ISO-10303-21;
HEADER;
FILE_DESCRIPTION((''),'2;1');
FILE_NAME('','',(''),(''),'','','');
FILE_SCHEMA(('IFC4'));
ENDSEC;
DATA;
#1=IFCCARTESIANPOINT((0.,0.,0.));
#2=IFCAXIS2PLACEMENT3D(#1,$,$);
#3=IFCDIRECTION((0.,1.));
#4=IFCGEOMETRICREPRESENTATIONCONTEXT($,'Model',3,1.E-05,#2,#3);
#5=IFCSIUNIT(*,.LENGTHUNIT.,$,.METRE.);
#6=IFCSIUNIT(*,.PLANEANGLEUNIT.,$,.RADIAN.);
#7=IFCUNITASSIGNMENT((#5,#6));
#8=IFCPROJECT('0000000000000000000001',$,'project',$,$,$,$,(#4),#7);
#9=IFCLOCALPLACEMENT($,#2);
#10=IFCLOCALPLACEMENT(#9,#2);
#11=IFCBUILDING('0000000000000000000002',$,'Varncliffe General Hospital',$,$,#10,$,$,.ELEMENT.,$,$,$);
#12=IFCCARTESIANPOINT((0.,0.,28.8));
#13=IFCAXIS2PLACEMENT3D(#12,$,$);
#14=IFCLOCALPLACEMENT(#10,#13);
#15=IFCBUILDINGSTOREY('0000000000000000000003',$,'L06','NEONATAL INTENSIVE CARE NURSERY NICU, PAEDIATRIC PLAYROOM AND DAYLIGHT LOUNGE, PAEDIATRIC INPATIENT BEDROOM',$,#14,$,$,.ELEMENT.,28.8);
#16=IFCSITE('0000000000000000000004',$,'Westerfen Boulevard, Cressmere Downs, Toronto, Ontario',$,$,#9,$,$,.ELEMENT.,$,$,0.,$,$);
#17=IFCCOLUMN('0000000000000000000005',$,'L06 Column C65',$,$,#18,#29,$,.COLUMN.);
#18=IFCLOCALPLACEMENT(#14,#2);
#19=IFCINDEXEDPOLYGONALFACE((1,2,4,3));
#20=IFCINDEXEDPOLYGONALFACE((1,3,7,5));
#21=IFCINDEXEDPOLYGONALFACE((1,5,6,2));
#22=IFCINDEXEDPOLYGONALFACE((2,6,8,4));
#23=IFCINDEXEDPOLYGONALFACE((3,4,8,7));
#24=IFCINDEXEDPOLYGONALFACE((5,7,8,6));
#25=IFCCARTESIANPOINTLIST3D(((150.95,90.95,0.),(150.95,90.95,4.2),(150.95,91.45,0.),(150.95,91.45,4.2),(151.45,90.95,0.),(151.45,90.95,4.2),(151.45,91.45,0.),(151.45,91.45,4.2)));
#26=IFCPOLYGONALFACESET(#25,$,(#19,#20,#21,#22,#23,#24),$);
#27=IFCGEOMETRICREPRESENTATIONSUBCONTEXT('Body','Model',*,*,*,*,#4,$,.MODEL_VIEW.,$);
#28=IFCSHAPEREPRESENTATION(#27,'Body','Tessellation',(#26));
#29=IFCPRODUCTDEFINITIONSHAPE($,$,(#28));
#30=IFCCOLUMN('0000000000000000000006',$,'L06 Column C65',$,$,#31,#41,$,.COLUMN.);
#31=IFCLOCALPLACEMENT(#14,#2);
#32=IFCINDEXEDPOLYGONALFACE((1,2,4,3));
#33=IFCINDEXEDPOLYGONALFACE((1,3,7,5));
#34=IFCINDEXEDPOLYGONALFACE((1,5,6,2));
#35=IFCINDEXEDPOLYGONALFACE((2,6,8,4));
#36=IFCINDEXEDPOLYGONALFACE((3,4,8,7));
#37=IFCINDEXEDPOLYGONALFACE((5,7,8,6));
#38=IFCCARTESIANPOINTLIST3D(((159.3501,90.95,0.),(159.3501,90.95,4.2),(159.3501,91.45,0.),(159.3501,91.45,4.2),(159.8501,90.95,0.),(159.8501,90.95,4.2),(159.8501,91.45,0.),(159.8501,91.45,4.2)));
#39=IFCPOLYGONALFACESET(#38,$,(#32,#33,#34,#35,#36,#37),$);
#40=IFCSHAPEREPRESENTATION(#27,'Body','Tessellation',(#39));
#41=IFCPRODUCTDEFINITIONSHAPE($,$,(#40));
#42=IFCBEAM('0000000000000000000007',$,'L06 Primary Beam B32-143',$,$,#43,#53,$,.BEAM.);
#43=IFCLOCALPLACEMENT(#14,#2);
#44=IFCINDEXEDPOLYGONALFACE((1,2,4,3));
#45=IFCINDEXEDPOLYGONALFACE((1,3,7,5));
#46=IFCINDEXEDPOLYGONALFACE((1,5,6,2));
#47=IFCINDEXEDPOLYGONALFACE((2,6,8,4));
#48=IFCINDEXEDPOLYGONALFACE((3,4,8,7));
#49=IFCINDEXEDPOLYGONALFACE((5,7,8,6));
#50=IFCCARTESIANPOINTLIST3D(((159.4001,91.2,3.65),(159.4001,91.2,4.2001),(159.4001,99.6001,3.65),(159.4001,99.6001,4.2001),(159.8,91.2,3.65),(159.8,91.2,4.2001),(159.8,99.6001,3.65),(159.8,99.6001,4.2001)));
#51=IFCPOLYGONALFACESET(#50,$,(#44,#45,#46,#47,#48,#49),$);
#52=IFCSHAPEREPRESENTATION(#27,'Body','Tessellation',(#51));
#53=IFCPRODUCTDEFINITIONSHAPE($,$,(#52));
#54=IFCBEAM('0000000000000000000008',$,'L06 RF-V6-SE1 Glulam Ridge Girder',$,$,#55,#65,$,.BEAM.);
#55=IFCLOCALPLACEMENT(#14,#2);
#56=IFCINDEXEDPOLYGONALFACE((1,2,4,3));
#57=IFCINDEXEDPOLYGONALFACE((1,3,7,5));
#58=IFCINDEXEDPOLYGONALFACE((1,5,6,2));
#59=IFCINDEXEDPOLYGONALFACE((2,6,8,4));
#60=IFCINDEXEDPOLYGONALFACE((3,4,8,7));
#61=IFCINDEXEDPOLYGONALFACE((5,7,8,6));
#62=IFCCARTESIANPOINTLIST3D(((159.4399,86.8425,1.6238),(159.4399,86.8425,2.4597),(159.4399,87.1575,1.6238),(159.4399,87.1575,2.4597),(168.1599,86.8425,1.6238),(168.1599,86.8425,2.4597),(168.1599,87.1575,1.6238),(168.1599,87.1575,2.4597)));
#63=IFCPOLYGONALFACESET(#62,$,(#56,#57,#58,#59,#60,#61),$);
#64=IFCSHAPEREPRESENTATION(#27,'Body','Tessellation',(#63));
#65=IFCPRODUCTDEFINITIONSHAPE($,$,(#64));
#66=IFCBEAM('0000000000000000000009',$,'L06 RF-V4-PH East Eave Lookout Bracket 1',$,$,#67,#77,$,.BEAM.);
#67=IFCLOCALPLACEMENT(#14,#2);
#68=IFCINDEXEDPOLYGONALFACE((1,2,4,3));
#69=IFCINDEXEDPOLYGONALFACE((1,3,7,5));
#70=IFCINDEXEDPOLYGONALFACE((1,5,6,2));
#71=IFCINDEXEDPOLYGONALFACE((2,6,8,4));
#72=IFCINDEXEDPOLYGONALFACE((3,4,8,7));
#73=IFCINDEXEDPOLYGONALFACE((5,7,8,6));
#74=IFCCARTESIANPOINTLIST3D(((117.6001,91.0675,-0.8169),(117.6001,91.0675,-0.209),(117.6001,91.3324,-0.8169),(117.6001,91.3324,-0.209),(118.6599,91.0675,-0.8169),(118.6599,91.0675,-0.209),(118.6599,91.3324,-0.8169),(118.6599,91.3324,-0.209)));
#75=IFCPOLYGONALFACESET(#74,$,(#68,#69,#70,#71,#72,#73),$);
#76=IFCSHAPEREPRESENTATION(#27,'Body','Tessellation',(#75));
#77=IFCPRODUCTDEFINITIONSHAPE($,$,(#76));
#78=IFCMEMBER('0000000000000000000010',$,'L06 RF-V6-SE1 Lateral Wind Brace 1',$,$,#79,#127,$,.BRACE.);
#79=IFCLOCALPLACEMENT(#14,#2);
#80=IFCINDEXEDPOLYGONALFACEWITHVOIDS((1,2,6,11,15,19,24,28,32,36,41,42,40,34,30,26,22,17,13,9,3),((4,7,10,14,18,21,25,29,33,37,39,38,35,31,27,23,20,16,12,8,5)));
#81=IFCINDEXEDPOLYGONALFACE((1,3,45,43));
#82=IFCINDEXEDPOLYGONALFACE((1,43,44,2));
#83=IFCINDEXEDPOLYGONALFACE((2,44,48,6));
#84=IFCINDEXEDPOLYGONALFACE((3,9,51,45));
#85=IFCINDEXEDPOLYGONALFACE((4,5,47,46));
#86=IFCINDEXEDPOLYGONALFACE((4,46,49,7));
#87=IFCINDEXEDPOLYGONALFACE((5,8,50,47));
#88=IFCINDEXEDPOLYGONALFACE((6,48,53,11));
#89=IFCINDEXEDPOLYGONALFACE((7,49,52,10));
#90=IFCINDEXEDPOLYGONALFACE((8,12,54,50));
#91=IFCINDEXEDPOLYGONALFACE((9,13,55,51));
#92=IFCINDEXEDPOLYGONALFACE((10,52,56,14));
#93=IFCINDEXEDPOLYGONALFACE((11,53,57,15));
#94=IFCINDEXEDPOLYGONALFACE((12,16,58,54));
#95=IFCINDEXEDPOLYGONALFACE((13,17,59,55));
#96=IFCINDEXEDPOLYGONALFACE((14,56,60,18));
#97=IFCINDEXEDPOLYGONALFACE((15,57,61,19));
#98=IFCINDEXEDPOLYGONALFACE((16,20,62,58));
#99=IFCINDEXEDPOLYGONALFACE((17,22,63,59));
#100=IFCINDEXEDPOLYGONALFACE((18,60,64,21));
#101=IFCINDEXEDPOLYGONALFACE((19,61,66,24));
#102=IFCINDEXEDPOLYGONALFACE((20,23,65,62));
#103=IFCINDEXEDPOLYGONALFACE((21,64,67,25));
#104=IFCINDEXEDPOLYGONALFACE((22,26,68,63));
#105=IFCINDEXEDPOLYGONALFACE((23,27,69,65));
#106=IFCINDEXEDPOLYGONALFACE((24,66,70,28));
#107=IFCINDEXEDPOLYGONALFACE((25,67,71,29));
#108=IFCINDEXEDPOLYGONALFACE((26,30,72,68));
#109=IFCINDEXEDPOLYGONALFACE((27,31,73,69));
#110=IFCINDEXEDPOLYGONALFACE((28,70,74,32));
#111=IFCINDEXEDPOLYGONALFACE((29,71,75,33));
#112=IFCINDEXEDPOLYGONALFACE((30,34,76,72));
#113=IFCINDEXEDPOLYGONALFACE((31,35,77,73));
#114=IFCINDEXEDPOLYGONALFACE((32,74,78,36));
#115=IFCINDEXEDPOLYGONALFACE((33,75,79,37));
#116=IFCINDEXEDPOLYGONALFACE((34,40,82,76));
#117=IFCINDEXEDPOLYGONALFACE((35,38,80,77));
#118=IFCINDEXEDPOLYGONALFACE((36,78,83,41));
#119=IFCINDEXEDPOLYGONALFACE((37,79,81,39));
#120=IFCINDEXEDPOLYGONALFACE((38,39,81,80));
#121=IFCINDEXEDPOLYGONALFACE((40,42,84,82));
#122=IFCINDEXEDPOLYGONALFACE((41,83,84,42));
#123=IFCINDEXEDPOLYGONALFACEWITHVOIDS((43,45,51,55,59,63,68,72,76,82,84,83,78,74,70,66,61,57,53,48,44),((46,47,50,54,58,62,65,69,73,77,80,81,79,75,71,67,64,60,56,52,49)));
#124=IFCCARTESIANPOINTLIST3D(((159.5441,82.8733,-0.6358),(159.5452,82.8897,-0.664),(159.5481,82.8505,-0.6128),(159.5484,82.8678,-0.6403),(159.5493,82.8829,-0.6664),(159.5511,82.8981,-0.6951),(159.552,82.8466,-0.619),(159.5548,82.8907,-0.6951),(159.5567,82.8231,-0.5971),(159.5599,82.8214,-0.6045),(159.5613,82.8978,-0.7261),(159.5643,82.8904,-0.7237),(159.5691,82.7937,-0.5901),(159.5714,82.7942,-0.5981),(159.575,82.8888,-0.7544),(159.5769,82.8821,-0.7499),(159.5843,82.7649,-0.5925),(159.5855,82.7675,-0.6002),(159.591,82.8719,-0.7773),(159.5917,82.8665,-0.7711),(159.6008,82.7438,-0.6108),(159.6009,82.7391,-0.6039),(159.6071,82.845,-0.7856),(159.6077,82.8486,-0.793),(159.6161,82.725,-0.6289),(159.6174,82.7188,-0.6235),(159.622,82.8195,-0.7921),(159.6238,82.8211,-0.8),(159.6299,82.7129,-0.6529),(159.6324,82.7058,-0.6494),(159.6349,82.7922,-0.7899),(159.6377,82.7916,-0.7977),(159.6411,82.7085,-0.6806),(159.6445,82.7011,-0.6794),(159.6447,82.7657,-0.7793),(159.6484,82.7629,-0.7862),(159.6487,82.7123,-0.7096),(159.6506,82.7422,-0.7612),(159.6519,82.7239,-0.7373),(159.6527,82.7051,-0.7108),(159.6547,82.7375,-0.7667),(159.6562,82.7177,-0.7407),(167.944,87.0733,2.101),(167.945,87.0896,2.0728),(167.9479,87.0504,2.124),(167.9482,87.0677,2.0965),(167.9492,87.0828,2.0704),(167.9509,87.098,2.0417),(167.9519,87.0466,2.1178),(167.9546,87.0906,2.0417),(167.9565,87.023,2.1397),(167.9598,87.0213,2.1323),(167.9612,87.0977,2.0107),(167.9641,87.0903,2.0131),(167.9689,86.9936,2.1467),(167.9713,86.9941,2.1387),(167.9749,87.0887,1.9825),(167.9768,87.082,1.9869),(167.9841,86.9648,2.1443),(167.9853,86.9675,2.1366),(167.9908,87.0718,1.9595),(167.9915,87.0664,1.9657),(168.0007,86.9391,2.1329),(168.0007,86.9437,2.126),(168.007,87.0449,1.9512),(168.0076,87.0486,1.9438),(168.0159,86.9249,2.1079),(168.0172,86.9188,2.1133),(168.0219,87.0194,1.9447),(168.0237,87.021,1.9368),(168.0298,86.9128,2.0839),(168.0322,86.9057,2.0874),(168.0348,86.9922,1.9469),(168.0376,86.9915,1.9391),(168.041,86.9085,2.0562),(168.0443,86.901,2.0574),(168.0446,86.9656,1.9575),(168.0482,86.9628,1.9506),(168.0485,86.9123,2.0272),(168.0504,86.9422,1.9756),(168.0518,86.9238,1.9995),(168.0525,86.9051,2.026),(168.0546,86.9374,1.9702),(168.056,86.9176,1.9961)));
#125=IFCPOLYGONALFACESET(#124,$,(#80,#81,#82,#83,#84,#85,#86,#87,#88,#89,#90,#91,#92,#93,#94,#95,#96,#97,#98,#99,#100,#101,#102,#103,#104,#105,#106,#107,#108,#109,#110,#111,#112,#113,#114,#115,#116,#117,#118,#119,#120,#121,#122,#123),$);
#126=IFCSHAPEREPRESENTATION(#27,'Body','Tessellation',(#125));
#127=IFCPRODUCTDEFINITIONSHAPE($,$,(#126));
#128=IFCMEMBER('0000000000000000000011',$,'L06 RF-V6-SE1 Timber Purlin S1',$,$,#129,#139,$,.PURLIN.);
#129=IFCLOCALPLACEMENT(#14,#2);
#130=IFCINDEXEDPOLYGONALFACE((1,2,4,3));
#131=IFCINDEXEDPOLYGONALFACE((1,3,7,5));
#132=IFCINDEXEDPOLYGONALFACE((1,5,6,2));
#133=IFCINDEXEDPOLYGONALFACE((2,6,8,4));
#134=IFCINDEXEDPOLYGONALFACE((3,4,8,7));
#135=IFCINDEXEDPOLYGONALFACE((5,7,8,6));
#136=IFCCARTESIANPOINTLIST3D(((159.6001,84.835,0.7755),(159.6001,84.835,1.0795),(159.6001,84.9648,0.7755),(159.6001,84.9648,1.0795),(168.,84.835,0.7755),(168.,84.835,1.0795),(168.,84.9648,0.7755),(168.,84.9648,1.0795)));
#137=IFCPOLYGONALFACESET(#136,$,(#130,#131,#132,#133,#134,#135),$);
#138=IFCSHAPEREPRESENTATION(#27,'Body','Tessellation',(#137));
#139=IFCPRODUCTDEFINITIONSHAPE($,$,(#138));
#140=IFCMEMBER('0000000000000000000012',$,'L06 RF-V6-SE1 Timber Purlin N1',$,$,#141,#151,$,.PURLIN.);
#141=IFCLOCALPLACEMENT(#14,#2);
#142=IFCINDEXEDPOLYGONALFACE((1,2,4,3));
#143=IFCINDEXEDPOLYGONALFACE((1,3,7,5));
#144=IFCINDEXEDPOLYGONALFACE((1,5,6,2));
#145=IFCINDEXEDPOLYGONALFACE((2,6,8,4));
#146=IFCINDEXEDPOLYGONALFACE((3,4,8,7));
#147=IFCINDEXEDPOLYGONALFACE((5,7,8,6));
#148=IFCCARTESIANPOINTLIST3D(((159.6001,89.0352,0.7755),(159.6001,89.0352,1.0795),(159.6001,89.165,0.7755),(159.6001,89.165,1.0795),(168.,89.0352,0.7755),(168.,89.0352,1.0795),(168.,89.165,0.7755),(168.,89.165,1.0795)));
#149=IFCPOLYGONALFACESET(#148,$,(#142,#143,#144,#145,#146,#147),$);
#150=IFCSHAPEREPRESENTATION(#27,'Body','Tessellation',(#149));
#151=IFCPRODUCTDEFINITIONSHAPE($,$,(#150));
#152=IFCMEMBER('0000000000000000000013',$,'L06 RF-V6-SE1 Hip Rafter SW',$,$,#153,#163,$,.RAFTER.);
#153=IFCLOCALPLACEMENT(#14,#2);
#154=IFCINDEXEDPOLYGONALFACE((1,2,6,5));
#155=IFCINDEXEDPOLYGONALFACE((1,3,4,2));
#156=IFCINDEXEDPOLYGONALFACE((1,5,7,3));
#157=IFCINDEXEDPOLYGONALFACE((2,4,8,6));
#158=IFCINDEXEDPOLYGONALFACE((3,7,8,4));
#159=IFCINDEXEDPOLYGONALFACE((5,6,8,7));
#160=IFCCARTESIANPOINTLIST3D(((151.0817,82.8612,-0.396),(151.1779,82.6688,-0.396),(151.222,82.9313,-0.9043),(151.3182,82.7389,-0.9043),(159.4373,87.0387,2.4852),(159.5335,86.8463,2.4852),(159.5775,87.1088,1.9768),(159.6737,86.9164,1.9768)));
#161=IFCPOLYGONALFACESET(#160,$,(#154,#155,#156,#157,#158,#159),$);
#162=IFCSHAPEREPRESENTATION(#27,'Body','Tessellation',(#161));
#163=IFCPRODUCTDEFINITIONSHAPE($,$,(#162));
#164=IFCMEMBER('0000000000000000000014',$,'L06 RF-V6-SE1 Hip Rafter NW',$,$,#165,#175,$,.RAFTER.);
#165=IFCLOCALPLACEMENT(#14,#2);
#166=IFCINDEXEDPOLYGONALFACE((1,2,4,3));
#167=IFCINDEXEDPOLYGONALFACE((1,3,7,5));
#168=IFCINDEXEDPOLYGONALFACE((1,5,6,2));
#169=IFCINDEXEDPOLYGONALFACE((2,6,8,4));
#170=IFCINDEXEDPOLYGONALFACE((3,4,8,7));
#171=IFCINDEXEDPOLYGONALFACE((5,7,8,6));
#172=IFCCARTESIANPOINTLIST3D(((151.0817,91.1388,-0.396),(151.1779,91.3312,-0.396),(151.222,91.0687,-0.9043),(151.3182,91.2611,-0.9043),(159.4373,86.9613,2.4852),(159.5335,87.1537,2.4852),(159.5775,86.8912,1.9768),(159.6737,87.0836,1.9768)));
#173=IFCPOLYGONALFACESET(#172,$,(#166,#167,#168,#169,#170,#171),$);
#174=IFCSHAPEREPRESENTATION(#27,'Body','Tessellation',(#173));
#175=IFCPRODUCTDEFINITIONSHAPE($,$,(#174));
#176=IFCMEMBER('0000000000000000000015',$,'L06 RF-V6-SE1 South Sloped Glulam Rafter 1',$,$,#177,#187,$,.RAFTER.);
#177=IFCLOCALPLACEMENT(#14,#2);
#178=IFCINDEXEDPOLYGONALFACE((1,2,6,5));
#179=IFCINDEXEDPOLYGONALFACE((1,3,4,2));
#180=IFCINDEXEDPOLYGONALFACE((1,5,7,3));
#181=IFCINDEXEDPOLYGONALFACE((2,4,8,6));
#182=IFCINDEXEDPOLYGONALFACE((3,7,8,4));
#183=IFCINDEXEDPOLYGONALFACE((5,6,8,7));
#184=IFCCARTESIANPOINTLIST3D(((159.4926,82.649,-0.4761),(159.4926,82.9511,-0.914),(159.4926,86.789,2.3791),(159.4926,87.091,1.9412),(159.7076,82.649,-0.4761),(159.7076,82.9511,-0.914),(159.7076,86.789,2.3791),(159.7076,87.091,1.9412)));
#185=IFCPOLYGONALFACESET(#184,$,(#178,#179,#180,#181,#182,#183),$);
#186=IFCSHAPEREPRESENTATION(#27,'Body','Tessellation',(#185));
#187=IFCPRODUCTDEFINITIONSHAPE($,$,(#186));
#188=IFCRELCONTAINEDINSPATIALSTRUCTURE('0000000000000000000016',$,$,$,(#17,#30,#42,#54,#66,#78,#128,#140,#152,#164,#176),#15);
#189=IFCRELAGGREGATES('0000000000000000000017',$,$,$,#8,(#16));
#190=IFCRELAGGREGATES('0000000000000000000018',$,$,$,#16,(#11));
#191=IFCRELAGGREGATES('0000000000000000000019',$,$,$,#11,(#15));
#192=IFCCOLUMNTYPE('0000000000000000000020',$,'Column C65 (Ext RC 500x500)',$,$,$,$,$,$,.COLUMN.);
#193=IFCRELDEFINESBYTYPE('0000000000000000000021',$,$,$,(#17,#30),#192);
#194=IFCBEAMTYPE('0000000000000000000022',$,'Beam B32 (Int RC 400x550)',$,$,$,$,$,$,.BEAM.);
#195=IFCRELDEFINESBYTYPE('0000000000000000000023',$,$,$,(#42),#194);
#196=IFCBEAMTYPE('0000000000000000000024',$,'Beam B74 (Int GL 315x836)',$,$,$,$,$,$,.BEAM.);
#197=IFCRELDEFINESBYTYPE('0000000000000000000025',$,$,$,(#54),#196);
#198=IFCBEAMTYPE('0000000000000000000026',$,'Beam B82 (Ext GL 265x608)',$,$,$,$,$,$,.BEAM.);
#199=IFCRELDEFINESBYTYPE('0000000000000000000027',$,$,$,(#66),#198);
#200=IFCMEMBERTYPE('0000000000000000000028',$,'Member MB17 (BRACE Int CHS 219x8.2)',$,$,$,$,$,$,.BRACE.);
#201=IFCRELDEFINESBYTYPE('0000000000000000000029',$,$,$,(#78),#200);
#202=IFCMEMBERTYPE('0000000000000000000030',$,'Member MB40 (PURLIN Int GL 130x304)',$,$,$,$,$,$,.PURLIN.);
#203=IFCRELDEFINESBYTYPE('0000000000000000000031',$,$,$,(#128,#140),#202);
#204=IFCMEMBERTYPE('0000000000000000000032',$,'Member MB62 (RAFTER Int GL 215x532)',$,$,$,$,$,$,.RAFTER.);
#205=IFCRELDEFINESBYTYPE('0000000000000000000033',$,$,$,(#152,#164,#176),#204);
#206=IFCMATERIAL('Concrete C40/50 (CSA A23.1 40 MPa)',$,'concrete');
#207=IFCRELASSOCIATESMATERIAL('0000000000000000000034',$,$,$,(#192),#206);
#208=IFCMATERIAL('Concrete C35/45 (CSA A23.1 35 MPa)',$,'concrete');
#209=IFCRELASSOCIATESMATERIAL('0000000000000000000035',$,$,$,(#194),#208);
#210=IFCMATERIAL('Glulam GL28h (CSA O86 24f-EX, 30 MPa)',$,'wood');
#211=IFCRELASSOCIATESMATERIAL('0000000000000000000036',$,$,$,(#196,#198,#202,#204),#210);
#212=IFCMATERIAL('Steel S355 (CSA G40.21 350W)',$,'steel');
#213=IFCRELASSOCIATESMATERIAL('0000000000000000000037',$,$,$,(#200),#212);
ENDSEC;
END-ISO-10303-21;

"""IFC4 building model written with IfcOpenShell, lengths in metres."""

from ifc_helpers import new_model, si_unit, direction, frame, origin, origin_2d, place, context, subcontext, project, spatial, rectangle, hollow_circle, extrude, material, material_profile, profile_set, type_object, element, save


model = new_model("IFC4")

# Units and contexts
model_context = context("Model", 3, precision=1e-05, world=origin(), true_north=direction((0.0, 1.0)))
body_context = subcontext(model_context, "Body", "Model", "MODEL_VIEW")
ifc_project = project(units=[si_unit("LENGTHUNIT", "METRE"), si_unit("PLANEANGLEUNIT", "RADIAN")], contexts=[model_context])

# Site, building, storey
site_placement = place(None, origin())
site = spatial("IfcSite", under=ifc_project, at=site_placement, Name="Westerfen Boulevard, Cressmere Downs, Toronto, Ontario", CompositionType="ELEMENT", RefElevation=0.0)
building_placement = place(site_placement, origin())
building = spatial("IfcBuilding", under=site, at=building_placement, Name="Varncliffe General Hospital", CompositionType="ELEMENT")
storey_placement = place(building_placement, frame((0.0, 0.0, 28.8)))
storey = spatial("IfcBuildingStorey", under=building, at=storey_placement, Name="L06", Description="NEONATAL INTENSIVE CARE NURSERY NICU, PAEDIATRIC PLAYROOM AND DAYLIGHT LOUNGE, PAEDIATRIC INPATIENT BEDROOM", CompositionType="ELEMENT", Elevation=28.8)

# Columns
ifc_material_1 = material(Name="Concrete C40/50 (CSA A23.1 40 MPa)", Category="concrete")
ifc_material_profile_1 = material_profile(ifc_material_1, rectangle(XDim=0.5, YDim=0.5, at=origin_2d()), Name="RC 500x500")
ifc_profile_set_1 = profile_set([ifc_material_profile_1], Name="Concrete C40/50 (CSA A23.1 40 MPa)")
column_type = type_object("IfcColumnType", Name="Column C65 (Ext RC 500x500)", PredefinedType="COLUMN", material=ifc_profile_set_1)
for number, where, z_axis, x_axis, name in (
    (1, (151.2, 91.2, 0.0), (0.0, 0.0, 1.0), (1.0, 0.0, 0.0), "L06 Column C65"),
    (2, (159.6001, 91.2, 0.0), (0.0, 0.0, 1.0), (1.0, 0.0, 0.0), "L06 Column C65"),
):
    element("IfcColumn", number, at=place(storey_placement, frame(where, z_axis=z_axis, x_axis=x_axis)), inside=storey, type_object=column_type, Name=name, PredefinedType="COLUMN", context=body_context, shape_type="SweptSolid", body=[
        extrude(rectangle(XDim=0.5, YDim=0.5, at=origin_2d()), origin(), (0.0, 0.0, 1.0), 4.2),
    ])

# Beams
ifc_material_2 = material(Name="Concrete C35/45 (CSA A23.1 35 MPa)", Category="concrete")
ifc_material_profile_2 = material_profile(ifc_material_2, rectangle(XDim=0.3999, YDim=0.55, at=origin_2d()), Name="RC 400x550")
ifc_profile_set_2 = profile_set([ifc_material_profile_2], Name="Concrete C35/45 (CSA A23.1 35 MPa)")
beam_type_1 = type_object("IfcBeamType", Name="Beam B32 (Int RC 400x550)", PredefinedType="BEAM", material=ifc_profile_set_2)
beam_1_placement = place(storey_placement, frame((159.6001, 91.2, 3.925), z_axis=(0.0, 1.0, 0.0), x_axis=(-1.0, 0.0, 0.0)))
element("IfcBeam", 3, at=beam_1_placement, inside=storey, type_object=beam_type_1, Name="L06 Primary Beam B32-143", PredefinedType="BEAM", context=body_context, shape_type="SweptSolid", body=[
    extrude(rectangle(XDim=0.3999, YDim=0.55, at=origin_2d()), origin(), (0.0, 0.0, 1.0), 8.4001),
])
ifc_material_3 = material(Name="Glulam GL28h (CSA O86 24f-EX, 30 MPa)", Category="wood")
ifc_material_profile_3 = material_profile(ifc_material_3, rectangle(XDim=0.3149, YDim=0.8359, at=origin_2d()), Name="GL 315x836")
ifc_profile_set_3 = profile_set([ifc_material_profile_3], Name="Glulam GL28h (CSA O86 24f-EX, 30 MPa)")
beam_type_2 = type_object("IfcBeamType", Name="Beam B74 (Int GL 315x836)", PredefinedType="BEAM", material=ifc_profile_set_3)
beam_2_placement = place(storey_placement, frame((159.4399, 87.0, 2.0417), z_axis=(1.0, 0.0, 0.0), x_axis=(0.0, 1.0, 0.0)))
element("IfcBeam", 4, at=beam_2_placement, inside=storey, type_object=beam_type_2, Name="L06 RF-V6-SE1 Glulam Ridge Girder", PredefinedType="BEAM", context=body_context, shape_type="SweptSolid", body=[
    extrude(rectangle(XDim=0.3149, YDim=0.8359, at=origin_2d()), origin(), (0.0, 0.0, 1.0), 8.72),
])
ifc_material_profile_4 = material_profile(ifc_material_3, rectangle(XDim=0.2649, YDim=0.6079, at=origin_2d()), Name="GL 265x608")
ifc_profile_set_4 = profile_set([ifc_material_profile_4], Name="Glulam GL28h (CSA O86 24f-EX, 30 MPa)")
beam_type_3 = type_object("IfcBeamType", Name="Beam B82 (Ext GL 265x608)", PredefinedType="BEAM", material=ifc_profile_set_4)
beam_3_placement = place(storey_placement, frame((117.6001, 91.2, -0.5129), z_axis=(1.0, 0.0, 0.0), x_axis=(0.0, 1.0, 0.0)))
element("IfcBeam", 5, at=beam_3_placement, inside=storey, type_object=beam_type_3, Name="L06 RF-V4-PH East Eave Lookout Bracket 1", PredefinedType="BEAM", context=body_context, shape_type="SweptSolid", body=[
    extrude(rectangle(XDim=0.2649, YDim=0.6079, at=origin_2d()), origin(), (0.0, 0.0, 1.0), 1.0598),
])

# Members
ifc_material_4 = material(Name="Steel S355 (CSA G40.21 350W)", Category="steel")
ifc_material_profile_5 = material_profile(ifc_material_4, hollow_circle(Radius=0.1096, WallThickness=0.0083, at=origin_2d()), Name="CHS 219x8.2")
ifc_profile_set_5 = profile_set([ifc_material_profile_5], Name="Steel S355 (CSA G40.21 350W)")
member_type_1 = type_object("IfcMemberType", Name="Member MB17 (BRACE Int CHS 219x8.2)", PredefinedType="BRACE", material=ifc_profile_set_5)
member_placement = place(storey_placement, frame((159.6001, 82.8, -0.6951), z_axis=(0.858707, 0.429354, 0.27978), x_axis=(-0.447214, 0.894427, 0.0)))
element("IfcMember", 6, at=member_placement, inside=storey, type_object=member_type_1, Name="L06 RF-V6-SE1 Lateral Wind Brace 1", PredefinedType="BRACE", context=body_context, shape_type="SweptSolid", body=[
    extrude(hollow_circle(Radius=0.1096, WallThickness=0.0083, at=origin_2d()), origin(), (0.0, 0.0, 1.0), 9.782),
])
ifc_material_profile_6 = material_profile(ifc_material_3, rectangle(XDim=0.1299, YDim=0.304, at=origin_2d()), Name="GL 130x304")
ifc_profile_set_6 = profile_set([ifc_material_profile_6], Name="Glulam GL28h (CSA O86 24f-EX, 30 MPa)")
member_type_2 = type_object("IfcMemberType", Name="Member MB40 (PURLIN Int GL 130x304)", PredefinedType="PURLIN", material=ifc_profile_set_6)
for number, where, z_axis, x_axis, name in (
    (7, (159.6001, 84.8999, 0.9275), (1.0, 0.0, 0.0), (0.0, 1.0, 0.0), "L06 RF-V6-SE1 Timber Purlin S1"),
    (8, (159.6001, 89.1001, 0.9275), (1.0, 0.0, 0.0), (0.0, 1.0, 0.0), "L06 RF-V6-SE1 Timber Purlin N1"),
):
    element("IfcMember", number, at=place(storey_placement, frame(where, z_axis=z_axis, x_axis=x_axis)), inside=storey, type_object=member_type_2, Name=name, PredefinedType="PURLIN", context=body_context, shape_type="SweptSolid", body=[
        extrude(rectangle(XDim=0.1299, YDim=0.304, at=origin_2d()), origin(), (0.0, 0.0, 1.0), 8.3999),
    ])
ifc_material_profile_7 = material_profile(ifc_material_3, rectangle(XDim=0.2151, YDim=0.532, at=origin_2d()), Name="GL 215x532")
ifc_profile_set_7 = profile_set([ifc_material_profile_7], Name="Glulam GL28h (CSA O86 24f-EX, 30 MPa)")
member_type_3 = type_object("IfcMemberType", Name="Member MB62 (RAFTER Int GL 215x532)", PredefinedType="RAFTER", material=ifc_profile_set_7)
for number, where, z_axis, x_axis, name in (
    (9, (151.2, 82.8, -0.6501), (0.85471, 0.42733, 0.294718), (-0.447193, 0.894438, 0.0), "L06 RF-V6-SE1 Hip Rafter SW"),
    (10, (151.2, 91.2, -0.6501), (0.85471, -0.42733, 0.294718), (0.447193, 0.894438, 0.0), "L06 RF-V6-SE1 Hip Rafter NW"),
):
    element("IfcMember", number, at=place(storey_placement, frame(where, z_axis=z_axis, x_axis=x_axis)), inside=storey, type_object=member_type_3, Name=name, PredefinedType="RAFTER", context=body_context, shape_type="SweptSolid", body=[
        extrude(rectangle(XDim=0.2151, YDim=0.532, at=origin_2d()), origin(), (0.0, 0.0, 1.0), 9.7759),
    ])
for number, where, z_axis, x_axis, name in (
    (11, (159.6001, 82.8, -0.6951), (0.0, 0.823201, 0.56775), (-1.0, 0.0, 0.0), "L06 RF-V6-SE1 South Sloped Glulam Rafter 1"),
):
    element("IfcMember", number, at=place(storey_placement, frame(where, z_axis=z_axis, x_axis=x_axis)), inside=storey, type_object=member_type_3, Name=name, PredefinedType="RAFTER", context=body_context, shape_type="SweptSolid", body=[
        extrude(rectangle(XDim=0.2151, YDim=0.532, at=origin_2d()), origin(), (0.0, 0.0, 1.0), 5.0291),
    ])

save(model, "model.ifc")
